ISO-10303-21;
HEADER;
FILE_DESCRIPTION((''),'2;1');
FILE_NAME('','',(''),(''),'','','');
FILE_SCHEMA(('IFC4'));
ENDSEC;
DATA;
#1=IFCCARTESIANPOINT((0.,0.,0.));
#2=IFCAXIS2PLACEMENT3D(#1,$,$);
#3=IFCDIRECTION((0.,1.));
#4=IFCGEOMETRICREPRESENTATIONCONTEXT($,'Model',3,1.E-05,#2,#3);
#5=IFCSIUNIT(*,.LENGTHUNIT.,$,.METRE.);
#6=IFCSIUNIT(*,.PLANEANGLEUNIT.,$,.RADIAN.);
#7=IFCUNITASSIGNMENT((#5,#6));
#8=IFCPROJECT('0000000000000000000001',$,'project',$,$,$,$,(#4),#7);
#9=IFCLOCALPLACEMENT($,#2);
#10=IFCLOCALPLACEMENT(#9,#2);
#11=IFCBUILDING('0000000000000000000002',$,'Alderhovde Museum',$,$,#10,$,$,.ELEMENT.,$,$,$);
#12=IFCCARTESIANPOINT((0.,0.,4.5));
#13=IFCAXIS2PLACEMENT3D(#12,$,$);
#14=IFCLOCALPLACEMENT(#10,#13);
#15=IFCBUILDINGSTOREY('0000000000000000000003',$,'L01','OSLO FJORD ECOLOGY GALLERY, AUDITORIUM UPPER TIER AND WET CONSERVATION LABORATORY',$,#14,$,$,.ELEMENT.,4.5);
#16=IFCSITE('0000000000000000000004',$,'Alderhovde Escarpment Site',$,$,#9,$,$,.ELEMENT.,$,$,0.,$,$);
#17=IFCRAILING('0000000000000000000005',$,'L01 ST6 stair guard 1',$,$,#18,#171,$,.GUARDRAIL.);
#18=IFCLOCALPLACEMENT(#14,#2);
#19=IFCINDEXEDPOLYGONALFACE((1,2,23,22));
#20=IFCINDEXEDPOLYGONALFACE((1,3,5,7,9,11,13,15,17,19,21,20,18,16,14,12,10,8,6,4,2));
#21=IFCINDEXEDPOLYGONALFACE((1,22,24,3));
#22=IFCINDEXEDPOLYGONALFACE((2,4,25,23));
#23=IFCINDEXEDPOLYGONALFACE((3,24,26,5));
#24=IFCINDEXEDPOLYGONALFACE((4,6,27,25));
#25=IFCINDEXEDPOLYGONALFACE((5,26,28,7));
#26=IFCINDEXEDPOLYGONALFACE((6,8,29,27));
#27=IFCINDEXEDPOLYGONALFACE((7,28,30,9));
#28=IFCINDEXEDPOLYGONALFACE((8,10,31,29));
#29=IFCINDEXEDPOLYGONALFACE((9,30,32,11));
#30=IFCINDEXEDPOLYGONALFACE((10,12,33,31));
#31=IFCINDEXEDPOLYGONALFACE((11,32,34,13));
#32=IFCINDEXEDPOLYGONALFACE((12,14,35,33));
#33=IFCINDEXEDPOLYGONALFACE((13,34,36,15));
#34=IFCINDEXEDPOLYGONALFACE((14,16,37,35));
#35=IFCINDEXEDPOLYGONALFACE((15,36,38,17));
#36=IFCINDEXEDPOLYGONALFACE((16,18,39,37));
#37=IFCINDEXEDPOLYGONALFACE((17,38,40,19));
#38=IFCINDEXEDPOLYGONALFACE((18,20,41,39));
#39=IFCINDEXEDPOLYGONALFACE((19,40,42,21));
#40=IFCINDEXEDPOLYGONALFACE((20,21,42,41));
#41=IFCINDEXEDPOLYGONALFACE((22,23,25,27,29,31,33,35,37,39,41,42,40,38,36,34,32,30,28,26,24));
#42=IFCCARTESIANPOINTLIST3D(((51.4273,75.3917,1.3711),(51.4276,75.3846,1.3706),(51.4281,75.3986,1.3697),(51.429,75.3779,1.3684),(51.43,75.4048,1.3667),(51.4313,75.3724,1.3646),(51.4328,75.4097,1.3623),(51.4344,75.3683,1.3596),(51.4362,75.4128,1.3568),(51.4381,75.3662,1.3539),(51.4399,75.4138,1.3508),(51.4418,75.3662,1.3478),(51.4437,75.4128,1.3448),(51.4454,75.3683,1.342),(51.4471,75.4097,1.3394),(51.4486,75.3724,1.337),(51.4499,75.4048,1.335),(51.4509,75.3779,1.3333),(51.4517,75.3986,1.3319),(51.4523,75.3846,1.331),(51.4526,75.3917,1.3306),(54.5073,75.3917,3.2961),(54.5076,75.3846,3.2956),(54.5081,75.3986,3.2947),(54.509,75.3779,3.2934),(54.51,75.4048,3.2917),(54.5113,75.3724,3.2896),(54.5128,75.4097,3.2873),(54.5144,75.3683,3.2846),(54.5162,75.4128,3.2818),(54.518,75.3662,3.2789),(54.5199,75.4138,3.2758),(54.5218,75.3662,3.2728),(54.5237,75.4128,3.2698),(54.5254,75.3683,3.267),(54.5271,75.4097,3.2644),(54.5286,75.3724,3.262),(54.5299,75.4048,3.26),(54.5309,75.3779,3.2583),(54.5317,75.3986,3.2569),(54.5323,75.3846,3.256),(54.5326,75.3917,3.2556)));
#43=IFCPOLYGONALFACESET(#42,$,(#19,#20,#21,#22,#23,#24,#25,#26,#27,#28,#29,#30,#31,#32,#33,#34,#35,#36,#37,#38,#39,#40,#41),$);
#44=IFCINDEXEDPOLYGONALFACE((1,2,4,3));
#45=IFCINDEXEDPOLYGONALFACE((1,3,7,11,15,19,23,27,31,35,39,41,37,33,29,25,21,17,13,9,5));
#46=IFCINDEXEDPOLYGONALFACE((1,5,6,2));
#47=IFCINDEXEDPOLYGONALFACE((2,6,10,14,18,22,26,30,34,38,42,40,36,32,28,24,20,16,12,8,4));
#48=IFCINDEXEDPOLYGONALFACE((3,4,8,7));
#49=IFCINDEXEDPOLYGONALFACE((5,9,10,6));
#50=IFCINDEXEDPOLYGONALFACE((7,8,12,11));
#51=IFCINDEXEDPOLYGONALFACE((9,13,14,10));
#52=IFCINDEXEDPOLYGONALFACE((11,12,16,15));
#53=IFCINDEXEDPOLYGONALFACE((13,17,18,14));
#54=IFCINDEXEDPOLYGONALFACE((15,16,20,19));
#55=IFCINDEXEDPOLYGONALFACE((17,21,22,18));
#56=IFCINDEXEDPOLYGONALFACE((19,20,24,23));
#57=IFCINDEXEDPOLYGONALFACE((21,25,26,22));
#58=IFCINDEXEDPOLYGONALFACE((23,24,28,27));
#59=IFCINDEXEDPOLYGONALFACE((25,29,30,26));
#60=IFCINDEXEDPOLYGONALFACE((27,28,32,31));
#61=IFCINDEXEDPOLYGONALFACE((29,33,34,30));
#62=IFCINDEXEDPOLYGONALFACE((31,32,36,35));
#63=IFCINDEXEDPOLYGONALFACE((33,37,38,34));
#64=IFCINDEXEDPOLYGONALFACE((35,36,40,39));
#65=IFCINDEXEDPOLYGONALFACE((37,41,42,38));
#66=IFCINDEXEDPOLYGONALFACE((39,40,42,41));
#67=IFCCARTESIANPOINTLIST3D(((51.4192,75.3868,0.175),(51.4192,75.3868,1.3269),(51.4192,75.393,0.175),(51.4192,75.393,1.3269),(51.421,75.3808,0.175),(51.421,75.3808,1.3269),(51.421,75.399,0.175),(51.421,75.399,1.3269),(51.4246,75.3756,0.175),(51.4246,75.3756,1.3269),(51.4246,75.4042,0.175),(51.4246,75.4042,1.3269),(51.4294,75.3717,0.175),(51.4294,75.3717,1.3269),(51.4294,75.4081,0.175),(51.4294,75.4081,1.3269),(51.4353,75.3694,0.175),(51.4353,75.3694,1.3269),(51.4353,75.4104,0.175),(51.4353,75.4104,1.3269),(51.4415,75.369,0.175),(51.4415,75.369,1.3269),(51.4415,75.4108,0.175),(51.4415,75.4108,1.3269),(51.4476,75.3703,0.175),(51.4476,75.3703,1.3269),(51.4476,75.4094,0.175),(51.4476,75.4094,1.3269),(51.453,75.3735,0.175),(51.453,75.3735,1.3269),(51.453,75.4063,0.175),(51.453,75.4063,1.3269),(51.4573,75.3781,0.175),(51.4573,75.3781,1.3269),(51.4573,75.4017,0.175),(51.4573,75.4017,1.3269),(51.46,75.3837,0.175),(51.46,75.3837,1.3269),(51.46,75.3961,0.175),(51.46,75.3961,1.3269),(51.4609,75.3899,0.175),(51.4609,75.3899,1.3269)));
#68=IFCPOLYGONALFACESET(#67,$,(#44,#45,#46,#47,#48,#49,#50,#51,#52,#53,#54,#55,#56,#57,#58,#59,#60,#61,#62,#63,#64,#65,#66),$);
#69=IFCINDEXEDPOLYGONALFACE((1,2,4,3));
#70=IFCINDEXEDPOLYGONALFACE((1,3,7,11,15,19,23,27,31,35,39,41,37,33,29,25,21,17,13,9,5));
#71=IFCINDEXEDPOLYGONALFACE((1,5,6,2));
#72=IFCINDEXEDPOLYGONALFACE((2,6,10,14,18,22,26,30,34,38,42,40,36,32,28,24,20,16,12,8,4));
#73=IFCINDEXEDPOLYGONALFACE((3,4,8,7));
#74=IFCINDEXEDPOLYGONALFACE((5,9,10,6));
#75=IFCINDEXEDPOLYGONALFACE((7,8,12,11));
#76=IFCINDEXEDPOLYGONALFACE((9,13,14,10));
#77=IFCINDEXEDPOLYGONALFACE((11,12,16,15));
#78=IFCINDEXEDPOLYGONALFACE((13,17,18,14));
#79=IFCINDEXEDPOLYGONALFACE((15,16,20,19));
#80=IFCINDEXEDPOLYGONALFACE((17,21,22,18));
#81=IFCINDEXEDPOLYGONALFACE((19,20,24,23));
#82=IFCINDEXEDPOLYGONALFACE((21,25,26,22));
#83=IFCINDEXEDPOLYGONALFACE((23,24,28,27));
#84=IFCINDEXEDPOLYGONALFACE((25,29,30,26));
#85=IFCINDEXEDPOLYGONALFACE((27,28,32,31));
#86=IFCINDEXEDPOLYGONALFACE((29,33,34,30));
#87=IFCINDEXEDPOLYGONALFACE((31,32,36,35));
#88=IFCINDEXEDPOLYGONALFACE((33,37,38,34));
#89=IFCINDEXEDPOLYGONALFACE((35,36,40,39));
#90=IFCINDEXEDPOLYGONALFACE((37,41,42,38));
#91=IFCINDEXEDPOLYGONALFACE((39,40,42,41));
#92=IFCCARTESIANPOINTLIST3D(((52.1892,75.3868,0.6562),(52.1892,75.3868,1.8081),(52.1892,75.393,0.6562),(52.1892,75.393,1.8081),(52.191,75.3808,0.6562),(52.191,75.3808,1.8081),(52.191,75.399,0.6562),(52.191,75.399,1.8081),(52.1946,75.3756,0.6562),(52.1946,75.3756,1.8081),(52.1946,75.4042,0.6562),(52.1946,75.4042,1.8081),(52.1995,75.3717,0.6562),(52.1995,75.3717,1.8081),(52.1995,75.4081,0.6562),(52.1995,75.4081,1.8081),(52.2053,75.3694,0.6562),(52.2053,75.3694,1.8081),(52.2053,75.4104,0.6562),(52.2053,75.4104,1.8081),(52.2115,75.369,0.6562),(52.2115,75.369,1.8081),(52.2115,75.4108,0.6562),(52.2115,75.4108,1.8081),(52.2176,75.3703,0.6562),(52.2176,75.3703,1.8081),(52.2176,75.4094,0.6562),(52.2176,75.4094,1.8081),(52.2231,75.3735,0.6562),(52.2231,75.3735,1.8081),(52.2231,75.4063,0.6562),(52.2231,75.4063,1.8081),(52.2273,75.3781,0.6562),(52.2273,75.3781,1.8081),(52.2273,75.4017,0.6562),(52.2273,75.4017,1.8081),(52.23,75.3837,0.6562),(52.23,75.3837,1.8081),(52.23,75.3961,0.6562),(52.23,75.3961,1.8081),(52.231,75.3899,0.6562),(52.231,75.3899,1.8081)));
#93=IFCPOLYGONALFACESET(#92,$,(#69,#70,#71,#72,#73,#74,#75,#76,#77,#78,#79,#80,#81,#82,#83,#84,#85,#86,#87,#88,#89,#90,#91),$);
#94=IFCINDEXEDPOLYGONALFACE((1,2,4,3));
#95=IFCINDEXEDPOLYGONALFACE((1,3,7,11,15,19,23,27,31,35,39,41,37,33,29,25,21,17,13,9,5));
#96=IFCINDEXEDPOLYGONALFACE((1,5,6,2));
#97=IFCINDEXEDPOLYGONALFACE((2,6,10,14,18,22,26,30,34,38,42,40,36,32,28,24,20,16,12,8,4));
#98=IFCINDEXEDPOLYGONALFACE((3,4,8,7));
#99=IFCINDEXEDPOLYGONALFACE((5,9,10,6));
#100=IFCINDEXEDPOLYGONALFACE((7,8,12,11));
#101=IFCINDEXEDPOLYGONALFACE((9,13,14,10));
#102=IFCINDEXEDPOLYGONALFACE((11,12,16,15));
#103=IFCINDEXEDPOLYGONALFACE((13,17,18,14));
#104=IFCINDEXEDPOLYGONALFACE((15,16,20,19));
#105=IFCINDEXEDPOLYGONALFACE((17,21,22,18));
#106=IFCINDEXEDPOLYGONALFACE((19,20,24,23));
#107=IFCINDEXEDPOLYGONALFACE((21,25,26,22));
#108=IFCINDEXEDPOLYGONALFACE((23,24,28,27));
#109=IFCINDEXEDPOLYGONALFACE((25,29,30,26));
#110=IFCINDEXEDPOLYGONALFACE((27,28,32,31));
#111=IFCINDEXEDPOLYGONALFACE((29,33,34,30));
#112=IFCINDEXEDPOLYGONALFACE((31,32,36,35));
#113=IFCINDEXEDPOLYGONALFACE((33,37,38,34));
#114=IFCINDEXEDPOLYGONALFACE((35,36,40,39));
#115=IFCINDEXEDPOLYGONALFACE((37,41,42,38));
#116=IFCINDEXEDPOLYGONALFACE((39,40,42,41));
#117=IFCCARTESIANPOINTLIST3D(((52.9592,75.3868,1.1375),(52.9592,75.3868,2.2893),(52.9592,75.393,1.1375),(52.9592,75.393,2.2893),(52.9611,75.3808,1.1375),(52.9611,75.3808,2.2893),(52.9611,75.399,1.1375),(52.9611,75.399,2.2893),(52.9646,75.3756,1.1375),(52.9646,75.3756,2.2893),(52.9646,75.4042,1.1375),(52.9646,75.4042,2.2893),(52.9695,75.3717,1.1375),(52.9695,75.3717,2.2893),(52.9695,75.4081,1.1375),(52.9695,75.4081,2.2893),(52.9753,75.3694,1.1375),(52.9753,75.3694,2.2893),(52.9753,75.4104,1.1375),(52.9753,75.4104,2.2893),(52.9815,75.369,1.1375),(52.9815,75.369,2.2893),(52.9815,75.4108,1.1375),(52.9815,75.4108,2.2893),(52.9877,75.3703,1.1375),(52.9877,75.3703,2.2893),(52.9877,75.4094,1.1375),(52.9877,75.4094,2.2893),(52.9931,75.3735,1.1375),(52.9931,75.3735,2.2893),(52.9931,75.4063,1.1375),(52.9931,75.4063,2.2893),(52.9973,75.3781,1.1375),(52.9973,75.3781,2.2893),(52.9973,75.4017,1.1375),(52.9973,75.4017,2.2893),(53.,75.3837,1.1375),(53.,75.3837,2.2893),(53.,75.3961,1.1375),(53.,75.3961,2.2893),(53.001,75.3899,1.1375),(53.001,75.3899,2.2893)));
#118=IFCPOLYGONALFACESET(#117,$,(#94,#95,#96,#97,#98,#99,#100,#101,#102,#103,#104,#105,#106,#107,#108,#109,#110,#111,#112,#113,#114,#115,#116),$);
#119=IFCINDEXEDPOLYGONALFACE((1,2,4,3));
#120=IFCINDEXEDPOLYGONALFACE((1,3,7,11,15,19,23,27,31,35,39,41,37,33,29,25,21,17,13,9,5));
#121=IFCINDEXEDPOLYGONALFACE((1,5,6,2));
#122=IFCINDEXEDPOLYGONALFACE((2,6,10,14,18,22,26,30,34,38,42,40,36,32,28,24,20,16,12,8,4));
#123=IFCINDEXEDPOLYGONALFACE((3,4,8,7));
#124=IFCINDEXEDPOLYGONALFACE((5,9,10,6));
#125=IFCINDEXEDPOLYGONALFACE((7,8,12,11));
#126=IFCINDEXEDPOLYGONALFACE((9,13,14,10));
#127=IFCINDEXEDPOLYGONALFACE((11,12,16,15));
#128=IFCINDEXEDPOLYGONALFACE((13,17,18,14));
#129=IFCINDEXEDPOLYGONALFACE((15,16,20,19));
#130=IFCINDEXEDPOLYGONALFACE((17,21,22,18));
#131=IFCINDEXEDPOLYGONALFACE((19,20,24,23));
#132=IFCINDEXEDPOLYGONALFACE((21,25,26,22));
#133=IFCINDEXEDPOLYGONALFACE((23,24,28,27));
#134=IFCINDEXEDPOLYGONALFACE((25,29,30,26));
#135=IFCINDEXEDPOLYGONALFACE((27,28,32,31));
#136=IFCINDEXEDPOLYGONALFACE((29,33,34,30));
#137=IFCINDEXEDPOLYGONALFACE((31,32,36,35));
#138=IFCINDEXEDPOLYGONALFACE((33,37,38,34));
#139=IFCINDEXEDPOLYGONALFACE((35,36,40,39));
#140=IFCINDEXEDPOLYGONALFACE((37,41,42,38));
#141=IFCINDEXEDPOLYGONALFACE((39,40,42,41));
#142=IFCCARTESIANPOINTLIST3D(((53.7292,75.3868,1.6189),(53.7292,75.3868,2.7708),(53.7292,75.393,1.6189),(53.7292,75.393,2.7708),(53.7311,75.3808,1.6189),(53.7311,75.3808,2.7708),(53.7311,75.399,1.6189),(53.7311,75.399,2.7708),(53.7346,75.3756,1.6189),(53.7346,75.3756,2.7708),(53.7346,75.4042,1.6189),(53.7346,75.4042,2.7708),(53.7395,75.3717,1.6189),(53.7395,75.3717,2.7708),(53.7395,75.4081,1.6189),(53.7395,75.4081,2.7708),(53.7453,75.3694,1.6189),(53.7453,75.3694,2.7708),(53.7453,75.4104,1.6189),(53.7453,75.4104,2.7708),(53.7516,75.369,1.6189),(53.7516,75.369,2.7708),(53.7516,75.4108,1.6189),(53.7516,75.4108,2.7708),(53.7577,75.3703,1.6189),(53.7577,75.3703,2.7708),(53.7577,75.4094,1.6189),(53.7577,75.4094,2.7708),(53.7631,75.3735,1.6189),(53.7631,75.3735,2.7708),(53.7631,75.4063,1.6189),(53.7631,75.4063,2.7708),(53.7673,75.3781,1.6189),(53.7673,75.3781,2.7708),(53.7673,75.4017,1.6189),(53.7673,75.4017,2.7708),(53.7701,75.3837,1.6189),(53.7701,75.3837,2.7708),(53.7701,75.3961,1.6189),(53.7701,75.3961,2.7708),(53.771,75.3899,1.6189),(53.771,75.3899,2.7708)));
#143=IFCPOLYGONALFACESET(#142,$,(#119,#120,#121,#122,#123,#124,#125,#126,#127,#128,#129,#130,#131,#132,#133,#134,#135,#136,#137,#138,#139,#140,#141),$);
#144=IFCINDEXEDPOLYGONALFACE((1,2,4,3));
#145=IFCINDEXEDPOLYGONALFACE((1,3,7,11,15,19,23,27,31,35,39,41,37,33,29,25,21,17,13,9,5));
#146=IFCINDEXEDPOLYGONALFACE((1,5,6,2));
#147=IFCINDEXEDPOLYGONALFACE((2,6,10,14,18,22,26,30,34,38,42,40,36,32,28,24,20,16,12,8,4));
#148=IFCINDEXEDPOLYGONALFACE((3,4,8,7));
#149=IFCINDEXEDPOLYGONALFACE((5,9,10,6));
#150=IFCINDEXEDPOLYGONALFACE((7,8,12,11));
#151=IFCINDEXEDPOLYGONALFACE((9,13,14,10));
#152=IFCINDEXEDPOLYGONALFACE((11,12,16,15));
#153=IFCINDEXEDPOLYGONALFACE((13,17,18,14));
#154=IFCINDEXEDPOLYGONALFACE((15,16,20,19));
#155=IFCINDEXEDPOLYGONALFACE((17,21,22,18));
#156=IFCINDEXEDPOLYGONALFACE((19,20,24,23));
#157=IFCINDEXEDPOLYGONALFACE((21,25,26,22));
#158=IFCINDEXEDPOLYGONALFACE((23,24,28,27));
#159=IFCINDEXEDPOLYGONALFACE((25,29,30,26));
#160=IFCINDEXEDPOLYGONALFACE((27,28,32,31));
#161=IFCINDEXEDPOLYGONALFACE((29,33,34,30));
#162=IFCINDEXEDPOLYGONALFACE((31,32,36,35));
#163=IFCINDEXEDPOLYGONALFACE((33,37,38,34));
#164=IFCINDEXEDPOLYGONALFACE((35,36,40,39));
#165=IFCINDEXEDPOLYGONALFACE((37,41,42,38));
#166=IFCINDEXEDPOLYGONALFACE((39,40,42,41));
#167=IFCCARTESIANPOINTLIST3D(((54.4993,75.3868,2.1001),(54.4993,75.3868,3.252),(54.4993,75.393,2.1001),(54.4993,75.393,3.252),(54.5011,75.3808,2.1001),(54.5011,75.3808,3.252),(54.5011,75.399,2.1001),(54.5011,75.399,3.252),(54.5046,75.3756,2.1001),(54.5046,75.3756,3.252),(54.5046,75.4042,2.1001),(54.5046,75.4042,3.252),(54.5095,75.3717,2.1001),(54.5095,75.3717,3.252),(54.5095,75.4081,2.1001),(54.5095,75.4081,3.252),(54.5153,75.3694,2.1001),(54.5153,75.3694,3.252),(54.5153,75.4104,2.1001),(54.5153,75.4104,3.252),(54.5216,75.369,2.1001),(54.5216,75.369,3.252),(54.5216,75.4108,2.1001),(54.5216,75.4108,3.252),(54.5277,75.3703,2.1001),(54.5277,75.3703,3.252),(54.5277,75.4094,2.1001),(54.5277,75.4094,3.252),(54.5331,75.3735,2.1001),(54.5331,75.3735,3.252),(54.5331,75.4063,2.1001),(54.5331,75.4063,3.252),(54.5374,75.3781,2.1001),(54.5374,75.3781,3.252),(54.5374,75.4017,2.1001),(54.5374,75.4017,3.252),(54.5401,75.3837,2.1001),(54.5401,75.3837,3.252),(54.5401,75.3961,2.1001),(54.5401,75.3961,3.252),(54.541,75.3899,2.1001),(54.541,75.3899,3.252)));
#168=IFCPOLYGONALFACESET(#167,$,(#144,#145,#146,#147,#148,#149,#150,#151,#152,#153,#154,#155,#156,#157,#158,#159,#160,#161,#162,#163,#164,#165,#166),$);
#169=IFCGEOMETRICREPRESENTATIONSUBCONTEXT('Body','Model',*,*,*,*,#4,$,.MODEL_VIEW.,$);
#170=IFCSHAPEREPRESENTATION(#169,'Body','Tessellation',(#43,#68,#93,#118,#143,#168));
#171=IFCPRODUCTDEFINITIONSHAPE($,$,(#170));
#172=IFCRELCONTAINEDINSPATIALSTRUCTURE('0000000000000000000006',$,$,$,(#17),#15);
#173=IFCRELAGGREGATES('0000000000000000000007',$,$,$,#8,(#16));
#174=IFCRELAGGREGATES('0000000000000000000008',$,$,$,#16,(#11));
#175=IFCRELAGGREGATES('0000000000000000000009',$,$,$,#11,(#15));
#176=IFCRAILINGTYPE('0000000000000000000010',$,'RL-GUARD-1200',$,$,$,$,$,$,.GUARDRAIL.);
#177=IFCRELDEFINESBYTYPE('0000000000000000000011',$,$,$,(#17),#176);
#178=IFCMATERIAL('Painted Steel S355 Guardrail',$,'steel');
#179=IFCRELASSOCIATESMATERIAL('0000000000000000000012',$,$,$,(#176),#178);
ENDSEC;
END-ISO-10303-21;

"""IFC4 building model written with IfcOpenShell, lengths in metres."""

from ifc_helpers import new_model, si_unit, direction, frame, origin, origin_2d, place, context, subcontext, project, spatial, circle, extrude, material, type_object, element, save


model = new_model("IFC4")

# Units and contexts
model_context = context("Model", 3, precision=1e-05, world=origin(), true_north=direction((0.0, 1.0)))
body_context = subcontext(model_context, "Body", "Model", "MODEL_VIEW")
ifc_project = project(units=[si_unit("LENGTHUNIT", "METRE"), si_unit("PLANEANGLEUNIT", "RADIAN")], contexts=[model_context])

# Site, building, storey
site_placement = place(None, origin())
site = spatial("IfcSite", under=ifc_project, at=site_placement, Name="Alderhovde Escarpment Site", CompositionType="ELEMENT", RefElevation=0.0)
building_placement = place(site_placement, origin())
building = spatial("IfcBuilding", under=site, at=building_placement, Name="Alderhovde Museum", CompositionType="ELEMENT")
storey_placement = place(building_placement, frame((0.0, 0.0, 4.5)))
storey = spatial("IfcBuildingStorey", under=building, at=storey_placement, Name="L01", Description="OSLO FJORD ECOLOGY GALLERY, AUDITORIUM UPPER TIER AND WET CONSERVATION LABORATORY", CompositionType="ELEMENT", Elevation=4.5)

# Railing
ifc_material_1 = material(Name="Painted Steel S355 Guardrail", Category="steel")
railing_type_1 = type_object("IfcRailingType", Name="RL-GUARD-1200", PredefinedType="GUARDRAIL", material=ifc_material_1)
railing_1_placement = place(storey_placement, frame((51.4399, 75.3899, 0.175)))
element("IfcRailing", 1, at=railing_1_placement, inside=storey, type_object=railing_type_1, Name="L01 ST6 stair guard 1", PredefinedType="GUARDRAIL", context=body_context, shape_type="SweptSolid", body=[
    extrude(circle(Radius=0.0239, at=origin_2d()), frame((0.0, 0.0, 1.1758), z_axis=(0.847998, 0.0, 0.529999), x_axis=(0.0, 1.0, 0.0)), (0.0, 0.0, 1.0), 3.6321),
    extrude(circle(Radius=0.021, at=origin_2d()), origin(), (0.0, 0.0, 1.0), 1.1519),
    extrude(circle(Radius=0.021, at=origin_2d()), frame((0.77, 0.0, 0.4812)), (0.0, 0.0, 1.0), 1.1519),
    extrude(circle(Radius=0.021, at=origin_2d()), frame((1.54, 0.0, 0.9624)), (0.0, 0.0, 1.0), 1.1519),
    extrude(circle(Radius=0.021, at=origin_2d()), frame((2.3101, 0.0, 1.4438)), (0.0, 0.0, 1.0), 1.1519),
    extrude(circle(Radius=0.021, at=origin_2d()), frame((3.0801, 0.0, 1.925)), (0.0, 0.0, 1.0), 1.1519),
])

save(model, "model.ifc")
